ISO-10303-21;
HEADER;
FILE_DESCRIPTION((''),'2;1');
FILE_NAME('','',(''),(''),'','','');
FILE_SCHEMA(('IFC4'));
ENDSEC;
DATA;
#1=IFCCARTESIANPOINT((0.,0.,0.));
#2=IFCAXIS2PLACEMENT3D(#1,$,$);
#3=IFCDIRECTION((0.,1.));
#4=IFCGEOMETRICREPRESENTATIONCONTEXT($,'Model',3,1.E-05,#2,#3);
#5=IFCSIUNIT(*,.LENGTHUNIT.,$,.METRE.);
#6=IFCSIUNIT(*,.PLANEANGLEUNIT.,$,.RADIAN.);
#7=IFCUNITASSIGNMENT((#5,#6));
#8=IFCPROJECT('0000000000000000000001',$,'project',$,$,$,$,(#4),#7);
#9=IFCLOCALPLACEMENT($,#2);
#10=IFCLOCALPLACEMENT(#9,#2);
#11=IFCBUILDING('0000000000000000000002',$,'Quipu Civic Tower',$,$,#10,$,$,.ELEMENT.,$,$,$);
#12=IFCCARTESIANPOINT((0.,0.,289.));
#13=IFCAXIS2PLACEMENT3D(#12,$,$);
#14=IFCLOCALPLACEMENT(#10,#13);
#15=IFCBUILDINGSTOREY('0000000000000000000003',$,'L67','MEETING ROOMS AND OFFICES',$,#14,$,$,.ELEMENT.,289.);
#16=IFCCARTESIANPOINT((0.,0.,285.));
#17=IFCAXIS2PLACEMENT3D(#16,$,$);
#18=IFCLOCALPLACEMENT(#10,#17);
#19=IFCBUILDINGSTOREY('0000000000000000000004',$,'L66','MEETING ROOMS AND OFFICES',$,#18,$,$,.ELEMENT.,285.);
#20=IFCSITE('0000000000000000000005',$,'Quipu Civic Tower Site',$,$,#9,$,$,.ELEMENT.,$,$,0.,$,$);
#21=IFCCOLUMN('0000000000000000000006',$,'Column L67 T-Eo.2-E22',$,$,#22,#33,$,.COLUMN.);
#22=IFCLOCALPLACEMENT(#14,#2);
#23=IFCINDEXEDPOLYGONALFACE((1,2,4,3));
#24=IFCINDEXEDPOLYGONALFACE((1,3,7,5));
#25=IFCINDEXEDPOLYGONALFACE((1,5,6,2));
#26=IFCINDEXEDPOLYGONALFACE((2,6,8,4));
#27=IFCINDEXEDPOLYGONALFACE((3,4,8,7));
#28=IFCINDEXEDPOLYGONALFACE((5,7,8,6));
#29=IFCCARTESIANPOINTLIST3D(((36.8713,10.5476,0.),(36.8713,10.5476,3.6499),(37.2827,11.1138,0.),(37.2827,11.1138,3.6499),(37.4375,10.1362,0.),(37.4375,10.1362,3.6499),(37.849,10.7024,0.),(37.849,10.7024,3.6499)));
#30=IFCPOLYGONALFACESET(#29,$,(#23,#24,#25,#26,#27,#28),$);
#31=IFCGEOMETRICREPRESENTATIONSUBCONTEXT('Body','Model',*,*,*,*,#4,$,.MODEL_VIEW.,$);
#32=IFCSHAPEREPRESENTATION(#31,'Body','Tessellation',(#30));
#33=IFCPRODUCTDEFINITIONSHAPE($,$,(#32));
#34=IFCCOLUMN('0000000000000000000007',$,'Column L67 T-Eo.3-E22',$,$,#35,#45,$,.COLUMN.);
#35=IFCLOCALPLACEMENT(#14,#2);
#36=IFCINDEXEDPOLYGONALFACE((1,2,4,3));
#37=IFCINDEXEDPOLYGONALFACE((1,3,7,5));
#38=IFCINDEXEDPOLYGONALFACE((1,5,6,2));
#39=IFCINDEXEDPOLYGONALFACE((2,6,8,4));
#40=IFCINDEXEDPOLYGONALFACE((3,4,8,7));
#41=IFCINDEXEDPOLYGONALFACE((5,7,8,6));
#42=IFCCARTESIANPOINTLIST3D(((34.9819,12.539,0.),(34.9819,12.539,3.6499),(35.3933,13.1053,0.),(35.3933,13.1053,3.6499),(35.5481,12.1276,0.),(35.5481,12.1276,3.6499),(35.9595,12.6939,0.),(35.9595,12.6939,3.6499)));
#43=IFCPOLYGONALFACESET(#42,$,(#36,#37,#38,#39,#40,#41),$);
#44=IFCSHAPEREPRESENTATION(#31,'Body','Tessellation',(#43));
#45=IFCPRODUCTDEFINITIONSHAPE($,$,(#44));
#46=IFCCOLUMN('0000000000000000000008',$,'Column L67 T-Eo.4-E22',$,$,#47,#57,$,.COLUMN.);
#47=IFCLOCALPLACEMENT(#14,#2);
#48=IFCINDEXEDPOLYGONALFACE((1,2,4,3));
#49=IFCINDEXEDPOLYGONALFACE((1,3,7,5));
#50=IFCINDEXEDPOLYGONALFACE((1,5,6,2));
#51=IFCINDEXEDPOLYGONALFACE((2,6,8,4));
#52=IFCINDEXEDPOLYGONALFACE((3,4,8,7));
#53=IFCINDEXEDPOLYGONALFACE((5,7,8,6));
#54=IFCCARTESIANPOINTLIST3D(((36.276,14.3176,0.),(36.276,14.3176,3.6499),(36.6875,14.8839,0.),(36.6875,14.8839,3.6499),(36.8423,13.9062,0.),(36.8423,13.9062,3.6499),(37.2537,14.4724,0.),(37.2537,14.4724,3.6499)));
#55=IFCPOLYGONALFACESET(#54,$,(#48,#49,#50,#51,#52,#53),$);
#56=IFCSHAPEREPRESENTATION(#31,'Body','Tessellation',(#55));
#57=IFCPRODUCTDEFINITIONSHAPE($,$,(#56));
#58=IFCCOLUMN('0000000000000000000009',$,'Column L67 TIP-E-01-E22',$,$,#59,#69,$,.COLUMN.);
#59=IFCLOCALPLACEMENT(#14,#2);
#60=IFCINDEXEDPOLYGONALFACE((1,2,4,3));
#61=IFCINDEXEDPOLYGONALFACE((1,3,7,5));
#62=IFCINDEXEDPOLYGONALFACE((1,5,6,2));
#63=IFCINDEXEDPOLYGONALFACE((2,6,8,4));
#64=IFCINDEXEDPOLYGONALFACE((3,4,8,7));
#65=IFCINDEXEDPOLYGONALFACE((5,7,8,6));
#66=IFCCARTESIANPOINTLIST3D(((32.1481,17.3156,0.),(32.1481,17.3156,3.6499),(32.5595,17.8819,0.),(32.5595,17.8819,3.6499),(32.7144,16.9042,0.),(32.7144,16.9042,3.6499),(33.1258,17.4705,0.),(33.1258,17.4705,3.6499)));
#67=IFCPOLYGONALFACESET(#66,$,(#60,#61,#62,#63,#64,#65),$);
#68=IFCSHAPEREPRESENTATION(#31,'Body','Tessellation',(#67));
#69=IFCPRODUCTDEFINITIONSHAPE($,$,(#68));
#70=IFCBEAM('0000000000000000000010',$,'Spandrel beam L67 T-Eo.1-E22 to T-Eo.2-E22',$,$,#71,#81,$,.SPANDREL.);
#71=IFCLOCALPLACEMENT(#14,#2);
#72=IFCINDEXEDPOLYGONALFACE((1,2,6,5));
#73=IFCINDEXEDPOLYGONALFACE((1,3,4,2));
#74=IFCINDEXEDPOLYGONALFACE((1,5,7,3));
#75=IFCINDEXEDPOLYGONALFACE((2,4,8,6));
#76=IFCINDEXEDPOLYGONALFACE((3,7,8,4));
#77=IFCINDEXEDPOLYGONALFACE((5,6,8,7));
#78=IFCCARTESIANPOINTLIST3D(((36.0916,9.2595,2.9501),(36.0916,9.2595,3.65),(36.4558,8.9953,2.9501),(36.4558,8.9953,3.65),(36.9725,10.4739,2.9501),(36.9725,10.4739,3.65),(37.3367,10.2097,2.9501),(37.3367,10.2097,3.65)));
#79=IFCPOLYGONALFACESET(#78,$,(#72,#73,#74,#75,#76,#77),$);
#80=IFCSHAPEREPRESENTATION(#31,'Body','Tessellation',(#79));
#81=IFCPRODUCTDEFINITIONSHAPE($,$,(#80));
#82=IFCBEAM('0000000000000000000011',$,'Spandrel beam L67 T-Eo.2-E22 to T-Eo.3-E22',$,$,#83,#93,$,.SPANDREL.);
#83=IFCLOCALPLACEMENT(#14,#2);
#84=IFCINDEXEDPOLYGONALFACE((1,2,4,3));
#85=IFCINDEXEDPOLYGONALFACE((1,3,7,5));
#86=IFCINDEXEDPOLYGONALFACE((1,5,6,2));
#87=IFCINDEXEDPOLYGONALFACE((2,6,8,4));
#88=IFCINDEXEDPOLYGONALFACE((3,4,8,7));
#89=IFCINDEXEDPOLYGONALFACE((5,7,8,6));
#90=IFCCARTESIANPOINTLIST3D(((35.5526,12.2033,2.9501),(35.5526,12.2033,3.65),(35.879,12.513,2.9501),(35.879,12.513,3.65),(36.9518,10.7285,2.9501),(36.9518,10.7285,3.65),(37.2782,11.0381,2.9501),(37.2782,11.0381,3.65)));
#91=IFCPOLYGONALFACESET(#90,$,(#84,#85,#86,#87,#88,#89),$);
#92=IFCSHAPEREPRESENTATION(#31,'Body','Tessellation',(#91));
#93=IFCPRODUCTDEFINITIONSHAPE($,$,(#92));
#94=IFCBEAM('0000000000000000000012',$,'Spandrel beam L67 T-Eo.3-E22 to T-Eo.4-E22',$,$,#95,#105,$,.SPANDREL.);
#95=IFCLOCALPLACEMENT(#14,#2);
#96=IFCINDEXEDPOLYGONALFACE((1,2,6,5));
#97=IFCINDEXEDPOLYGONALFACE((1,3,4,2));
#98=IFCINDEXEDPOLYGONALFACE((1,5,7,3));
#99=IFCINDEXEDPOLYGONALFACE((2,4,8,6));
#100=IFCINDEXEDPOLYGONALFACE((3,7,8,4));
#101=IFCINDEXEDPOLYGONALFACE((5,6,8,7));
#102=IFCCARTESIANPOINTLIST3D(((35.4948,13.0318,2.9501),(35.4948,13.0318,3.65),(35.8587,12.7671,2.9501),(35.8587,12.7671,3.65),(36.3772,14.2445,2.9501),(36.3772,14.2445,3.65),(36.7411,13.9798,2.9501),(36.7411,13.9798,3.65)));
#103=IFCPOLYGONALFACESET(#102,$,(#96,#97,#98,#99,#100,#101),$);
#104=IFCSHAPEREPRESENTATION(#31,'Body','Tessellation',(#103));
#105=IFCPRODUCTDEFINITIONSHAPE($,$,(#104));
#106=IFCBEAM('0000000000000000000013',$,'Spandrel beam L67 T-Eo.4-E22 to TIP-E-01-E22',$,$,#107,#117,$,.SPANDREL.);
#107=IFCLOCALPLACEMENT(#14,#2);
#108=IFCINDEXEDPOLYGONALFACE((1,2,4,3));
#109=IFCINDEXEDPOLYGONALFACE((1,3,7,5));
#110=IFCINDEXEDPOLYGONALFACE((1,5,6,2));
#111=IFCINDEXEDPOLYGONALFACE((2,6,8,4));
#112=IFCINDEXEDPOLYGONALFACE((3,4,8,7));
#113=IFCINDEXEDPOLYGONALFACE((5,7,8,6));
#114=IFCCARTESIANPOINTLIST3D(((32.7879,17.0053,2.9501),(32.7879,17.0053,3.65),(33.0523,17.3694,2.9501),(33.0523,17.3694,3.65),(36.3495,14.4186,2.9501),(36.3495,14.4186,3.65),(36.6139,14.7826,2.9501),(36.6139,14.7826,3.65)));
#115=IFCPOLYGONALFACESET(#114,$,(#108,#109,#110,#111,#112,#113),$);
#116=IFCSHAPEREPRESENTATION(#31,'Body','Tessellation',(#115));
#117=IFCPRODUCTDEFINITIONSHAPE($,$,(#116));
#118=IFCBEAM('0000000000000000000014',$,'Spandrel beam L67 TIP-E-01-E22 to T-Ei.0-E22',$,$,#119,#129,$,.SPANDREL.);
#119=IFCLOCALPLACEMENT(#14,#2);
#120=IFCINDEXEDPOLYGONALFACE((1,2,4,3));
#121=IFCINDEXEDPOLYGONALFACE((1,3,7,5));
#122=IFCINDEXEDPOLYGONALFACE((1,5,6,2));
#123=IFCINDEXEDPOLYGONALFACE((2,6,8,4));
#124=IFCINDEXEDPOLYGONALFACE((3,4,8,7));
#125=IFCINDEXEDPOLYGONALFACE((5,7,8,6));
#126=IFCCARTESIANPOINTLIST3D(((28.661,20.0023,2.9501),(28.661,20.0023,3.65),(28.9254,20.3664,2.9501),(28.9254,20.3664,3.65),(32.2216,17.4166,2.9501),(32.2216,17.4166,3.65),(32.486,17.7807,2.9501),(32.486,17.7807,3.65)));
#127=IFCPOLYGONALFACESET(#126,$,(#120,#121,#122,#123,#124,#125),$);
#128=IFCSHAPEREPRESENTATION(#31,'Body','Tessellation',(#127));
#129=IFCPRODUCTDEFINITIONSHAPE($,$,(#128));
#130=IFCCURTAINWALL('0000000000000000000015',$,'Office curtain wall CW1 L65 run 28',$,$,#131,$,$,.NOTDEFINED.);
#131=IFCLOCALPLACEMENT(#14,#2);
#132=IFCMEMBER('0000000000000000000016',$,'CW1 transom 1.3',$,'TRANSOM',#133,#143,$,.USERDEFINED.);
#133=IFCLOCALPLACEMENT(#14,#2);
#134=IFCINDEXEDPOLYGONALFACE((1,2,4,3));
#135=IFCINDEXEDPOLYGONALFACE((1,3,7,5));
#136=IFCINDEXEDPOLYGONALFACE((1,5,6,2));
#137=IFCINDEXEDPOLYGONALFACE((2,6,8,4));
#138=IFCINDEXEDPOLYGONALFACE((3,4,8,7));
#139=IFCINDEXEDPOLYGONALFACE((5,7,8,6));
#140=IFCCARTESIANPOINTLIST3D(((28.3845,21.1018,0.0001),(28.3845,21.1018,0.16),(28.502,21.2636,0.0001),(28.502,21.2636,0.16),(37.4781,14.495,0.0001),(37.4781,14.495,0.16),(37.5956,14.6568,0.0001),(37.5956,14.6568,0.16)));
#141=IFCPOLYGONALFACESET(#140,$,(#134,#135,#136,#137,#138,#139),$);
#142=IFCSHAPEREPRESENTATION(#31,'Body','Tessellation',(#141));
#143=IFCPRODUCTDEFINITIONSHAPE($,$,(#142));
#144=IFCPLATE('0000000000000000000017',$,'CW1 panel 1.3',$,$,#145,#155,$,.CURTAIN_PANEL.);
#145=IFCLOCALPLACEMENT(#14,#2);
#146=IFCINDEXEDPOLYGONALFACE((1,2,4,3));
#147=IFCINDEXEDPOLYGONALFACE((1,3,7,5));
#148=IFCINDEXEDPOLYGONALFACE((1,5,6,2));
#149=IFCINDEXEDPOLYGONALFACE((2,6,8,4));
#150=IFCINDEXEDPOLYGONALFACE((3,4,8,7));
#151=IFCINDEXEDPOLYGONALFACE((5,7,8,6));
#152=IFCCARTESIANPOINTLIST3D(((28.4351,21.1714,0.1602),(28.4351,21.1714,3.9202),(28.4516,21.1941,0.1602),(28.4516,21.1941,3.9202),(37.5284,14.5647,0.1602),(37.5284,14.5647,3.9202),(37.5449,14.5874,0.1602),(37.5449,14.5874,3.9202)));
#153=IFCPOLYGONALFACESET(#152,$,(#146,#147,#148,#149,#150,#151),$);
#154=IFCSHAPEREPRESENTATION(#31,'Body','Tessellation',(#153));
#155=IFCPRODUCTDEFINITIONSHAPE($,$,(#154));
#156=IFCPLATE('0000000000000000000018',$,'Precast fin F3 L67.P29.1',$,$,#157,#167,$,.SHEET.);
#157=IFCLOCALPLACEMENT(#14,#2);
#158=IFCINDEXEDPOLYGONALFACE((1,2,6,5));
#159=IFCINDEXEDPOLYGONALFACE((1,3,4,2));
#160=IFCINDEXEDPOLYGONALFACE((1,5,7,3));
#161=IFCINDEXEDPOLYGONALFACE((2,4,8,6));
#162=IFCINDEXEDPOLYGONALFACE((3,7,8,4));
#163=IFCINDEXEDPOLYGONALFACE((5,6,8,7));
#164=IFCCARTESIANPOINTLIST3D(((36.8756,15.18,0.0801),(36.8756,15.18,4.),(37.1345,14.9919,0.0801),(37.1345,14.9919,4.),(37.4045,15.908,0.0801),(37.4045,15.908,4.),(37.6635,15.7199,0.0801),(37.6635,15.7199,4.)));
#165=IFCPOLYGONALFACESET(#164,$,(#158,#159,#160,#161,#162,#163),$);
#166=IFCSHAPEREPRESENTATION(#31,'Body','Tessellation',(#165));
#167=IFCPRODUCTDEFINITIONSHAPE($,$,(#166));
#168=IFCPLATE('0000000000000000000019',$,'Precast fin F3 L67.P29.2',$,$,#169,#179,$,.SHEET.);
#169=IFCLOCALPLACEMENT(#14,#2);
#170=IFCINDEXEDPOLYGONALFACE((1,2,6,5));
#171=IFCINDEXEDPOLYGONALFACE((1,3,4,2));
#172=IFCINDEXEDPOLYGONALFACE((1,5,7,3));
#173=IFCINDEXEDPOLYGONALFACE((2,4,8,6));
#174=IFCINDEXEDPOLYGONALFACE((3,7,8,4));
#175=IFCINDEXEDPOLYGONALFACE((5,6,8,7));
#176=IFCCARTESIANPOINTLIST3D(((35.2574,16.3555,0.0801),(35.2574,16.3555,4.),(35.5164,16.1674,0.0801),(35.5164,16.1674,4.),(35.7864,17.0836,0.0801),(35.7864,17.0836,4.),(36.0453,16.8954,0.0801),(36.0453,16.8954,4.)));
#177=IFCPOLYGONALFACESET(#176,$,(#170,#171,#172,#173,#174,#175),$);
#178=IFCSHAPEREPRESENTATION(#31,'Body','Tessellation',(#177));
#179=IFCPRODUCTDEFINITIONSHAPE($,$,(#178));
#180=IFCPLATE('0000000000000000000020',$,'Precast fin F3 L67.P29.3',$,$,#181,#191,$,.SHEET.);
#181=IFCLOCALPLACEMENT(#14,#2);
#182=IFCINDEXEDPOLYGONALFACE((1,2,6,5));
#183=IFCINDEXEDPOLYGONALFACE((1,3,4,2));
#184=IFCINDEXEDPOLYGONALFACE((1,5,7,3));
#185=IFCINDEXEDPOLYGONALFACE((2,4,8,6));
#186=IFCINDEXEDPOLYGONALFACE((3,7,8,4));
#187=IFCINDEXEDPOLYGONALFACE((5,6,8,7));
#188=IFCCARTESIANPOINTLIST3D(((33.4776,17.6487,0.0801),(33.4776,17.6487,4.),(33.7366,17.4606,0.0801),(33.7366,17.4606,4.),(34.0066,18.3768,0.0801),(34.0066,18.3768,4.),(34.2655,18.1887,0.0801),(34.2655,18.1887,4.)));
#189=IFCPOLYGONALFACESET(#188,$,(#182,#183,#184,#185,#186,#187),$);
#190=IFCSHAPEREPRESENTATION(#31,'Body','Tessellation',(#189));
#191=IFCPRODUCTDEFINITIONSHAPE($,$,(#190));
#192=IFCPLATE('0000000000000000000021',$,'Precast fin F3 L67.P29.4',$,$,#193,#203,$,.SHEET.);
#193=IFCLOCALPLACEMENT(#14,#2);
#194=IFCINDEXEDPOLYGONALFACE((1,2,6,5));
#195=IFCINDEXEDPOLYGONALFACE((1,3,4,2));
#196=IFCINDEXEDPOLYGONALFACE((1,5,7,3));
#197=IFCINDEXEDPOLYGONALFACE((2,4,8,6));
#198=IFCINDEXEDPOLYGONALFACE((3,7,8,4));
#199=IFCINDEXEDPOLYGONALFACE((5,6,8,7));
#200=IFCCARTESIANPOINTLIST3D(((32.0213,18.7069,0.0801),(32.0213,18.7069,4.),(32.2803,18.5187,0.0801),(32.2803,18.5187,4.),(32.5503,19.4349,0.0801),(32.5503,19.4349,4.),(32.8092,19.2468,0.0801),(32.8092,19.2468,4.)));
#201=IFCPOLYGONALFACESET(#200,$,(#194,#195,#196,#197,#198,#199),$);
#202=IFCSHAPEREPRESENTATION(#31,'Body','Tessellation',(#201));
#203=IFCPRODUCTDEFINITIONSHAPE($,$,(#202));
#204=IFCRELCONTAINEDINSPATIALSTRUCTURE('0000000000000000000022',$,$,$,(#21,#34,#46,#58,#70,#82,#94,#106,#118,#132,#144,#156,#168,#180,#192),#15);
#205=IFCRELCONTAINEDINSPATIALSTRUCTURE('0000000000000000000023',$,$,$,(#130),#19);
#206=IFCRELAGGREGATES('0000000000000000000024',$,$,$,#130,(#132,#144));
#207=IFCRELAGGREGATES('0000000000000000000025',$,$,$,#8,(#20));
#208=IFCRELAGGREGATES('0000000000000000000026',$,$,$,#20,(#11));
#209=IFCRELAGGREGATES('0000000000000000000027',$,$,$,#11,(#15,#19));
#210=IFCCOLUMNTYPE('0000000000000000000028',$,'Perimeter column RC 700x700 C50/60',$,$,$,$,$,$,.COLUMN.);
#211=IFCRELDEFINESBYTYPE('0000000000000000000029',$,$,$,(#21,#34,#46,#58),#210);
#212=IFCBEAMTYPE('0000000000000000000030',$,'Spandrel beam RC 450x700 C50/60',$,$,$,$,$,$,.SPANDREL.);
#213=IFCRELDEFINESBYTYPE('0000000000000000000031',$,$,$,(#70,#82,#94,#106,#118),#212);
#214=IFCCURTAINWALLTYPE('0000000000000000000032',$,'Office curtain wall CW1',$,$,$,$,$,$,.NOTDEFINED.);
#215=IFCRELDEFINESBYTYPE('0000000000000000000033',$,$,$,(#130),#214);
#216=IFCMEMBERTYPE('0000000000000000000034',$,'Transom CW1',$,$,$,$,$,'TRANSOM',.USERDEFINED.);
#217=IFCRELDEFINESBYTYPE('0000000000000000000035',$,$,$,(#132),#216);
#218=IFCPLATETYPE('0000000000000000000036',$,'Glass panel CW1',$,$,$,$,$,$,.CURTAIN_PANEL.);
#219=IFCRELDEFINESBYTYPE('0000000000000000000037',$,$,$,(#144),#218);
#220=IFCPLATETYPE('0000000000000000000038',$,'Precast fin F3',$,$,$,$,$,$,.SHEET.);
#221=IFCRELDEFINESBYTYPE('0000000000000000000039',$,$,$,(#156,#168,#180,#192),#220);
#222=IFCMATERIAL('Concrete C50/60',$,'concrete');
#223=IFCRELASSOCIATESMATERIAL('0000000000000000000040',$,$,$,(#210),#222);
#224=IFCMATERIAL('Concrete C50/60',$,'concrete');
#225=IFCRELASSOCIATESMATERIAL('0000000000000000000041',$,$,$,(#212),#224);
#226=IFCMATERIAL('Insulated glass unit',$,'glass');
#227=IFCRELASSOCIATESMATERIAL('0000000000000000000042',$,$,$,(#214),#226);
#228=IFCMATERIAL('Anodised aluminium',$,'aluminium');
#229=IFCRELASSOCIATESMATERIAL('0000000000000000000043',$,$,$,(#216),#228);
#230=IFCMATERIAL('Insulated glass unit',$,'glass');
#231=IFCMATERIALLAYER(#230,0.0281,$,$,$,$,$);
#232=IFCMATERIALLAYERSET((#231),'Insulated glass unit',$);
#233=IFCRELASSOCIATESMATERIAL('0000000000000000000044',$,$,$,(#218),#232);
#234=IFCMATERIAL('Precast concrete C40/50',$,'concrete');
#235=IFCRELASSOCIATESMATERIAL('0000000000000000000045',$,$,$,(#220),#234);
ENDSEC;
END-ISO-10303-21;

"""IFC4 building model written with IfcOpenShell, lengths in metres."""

from ifc_helpers import new_model, si_unit, direction, frame, origin, origin_2d, place, context, subcontext, project, spatial, rectangle, extrude, material, layer, layer_set, material_profile, profile_set, type_object, element, aggregate, save


model = new_model("IFC4")

# Units and contexts
model_context = context("Model", 3, precision=1e-05, world=origin(), true_north=direction((0.0, 1.0)))
body_context = subcontext(model_context, "Body", "Model", "MODEL_VIEW")
ifc_project = project(units=[si_unit("LENGTHUNIT", "METRE"), si_unit("PLANEANGLEUNIT", "RADIAN")], contexts=[model_context])

# Site, building, storey
site_placement = place(None, origin())
site = spatial("IfcSite", under=ifc_project, at=site_placement, Name="Quipu Civic Tower Site", CompositionType="ELEMENT", RefElevation=0.0)
building_placement = place(site_placement, origin())
building = spatial("IfcBuilding", under=site, at=building_placement, Name="Quipu Civic Tower", CompositionType="ELEMENT")
storey_1_placement = place(building_placement, frame((0.0, 0.0, 289.0)))
storey_1 = spatial("IfcBuildingStorey", under=building, at=storey_1_placement, Name="L67", Description="MEETING ROOMS AND OFFICES", CompositionType="ELEMENT", Elevation=289.0)

# Columns
ifc_material_1 = material(Name="Concrete C50/60", Category="concrete")
ifc_material_profile_1 = material_profile(ifc_material_1, rectangle(XDim=0.7, YDim=0.7, at=origin_2d()), Name="RC700x700")
ifc_profile_set_1 = profile_set([ifc_material_profile_1], Name="Concrete C50/60")
column_type = type_object("IfcColumnType", Name="Perimeter column RC 700x700 C50/60", PredefinedType="COLUMN", material=ifc_profile_set_1)
for number, where, z_axis, x_axis, name in (
    (1, (37.3601, 10.625, 0.0), (0.0, 0.0, 1.0), (0.587785, 0.809017, 0.0), "Column L67 T-Eo.2-E22"),
    (2, (35.4707, 12.6165, 0.0), (0.0, 0.0, 1.0), (-0.809017, 0.587785, 0.0), "Column L67 T-Eo.3-E22"),
    (3, (36.7649, 14.395, 0.0), (0.0, 0.0, 1.0), (-0.809017, 0.587785, 0.0), "Column L67 T-Eo.4-E22"),
    (4, (32.637, 17.3931, 0.0), (0.0, 0.0, 1.0), (-0.809017, 0.587785, 0.0), "Column L67 TIP-E-01-E22"),
):
    element("IfcColumn", number, at=place(storey_1_placement, frame(where, z_axis=z_axis, x_axis=x_axis)), inside=storey_1, type_object=column_type, Name=name, PredefinedType="COLUMN", context=body_context, shape_type="SweptSolid", body=[
        extrude(rectangle(XDim=0.7, YDim=0.7, at=origin_2d()), origin(), (0.0, 0.0, 1.0), 3.6499),
    ])

# Beams
ifc_material_2 = material(Name="Concrete C50/60", Category="concrete")
ifc_material_profile_2 = material_profile(ifc_material_2, rectangle(XDim=0.45, YDim=0.7, at=origin_2d()), Name="RC450x700")
ifc_profile_set_2 = profile_set([ifc_material_profile_2], Name="Concrete C50/60")
beam_type = type_object("IfcBeamType", Name="Spandrel beam RC 450x700 C50/60", PredefinedType="SPANDREL", material=ifc_profile_set_2)
beam_1_placement = place(storey_1_placement, frame((36.2737, 9.1274, 3.3), z_axis=(0.587165, 0.809467, 0.0), x_axis=(-0.809467, 0.587165, 0.0)))
element("IfcBeam", 5, at=beam_1_placement, inside=storey_1, type_object=beam_type, Name="Spandrel beam L67 T-Eo.1-E22 to T-Eo.2-E22", PredefinedType="SPANDREL", context=body_context, shape_type="SweptSolid", body=[
    extrude(rectangle(XDim=0.45, YDim=0.7, at=origin_2d()), origin(), (0.0, 0.0, 1.0), 1.5002),
])
beam_2_placement = place(storey_1_placement, frame((37.115, 10.8833, 3.3), z_axis=(-0.688247, 0.725476, 0.0), x_axis=(-0.725476, -0.688247, 0.0)))
element("IfcBeam", 6, at=beam_2_placement, inside=storey_1, type_object=beam_type, Name="Spandrel beam L67 T-Eo.2-E22 to T-Eo.3-E22", PredefinedType="SPANDREL", context=body_context, shape_type="SweptSolid", body=[
    extrude(rectangle(XDim=0.45, YDim=0.7, at=origin_2d()), origin(), (0.0, 0.0, 1.0), 2.033),
])
beam_3_placement = place(storey_1_placement, frame((35.6768, 12.8994, 3.3), z_axis=(0.588346, 0.808609, 0.0), x_axis=(-0.808609, 0.588346, 0.0)))
element("IfcBeam", 7, at=beam_3_placement, inside=storey_1, type_object=beam_type, Name="Spandrel beam L67 T-Eo.3-E22 to T-Eo.4-E22", PredefinedType="SPANDREL", context=body_context, shape_type="SweptSolid", body=[
    extrude(rectangle(XDim=0.45, YDim=0.7, at=origin_2d()), origin(), (0.0, 0.0, 1.0), 1.4998),
])
beam_4_placement = place(storey_1_placement, frame((36.4817, 14.6006, 3.3), z_axis=(-0.809117, 0.587647, 0.0), x_axis=(-0.587647, -0.809117, 0.0)))
element("IfcBeam", 8, at=beam_4_placement, inside=storey_1, type_object=beam_type, Name="Spandrel beam L67 T-Eo.4-E22 to TIP-E-01-E22", PredefinedType="SPANDREL", context=body_context, shape_type="SweptSolid", body=[
    extrude(rectangle(XDim=0.45, YDim=0.7, at=origin_2d()), origin(), (0.0, 0.0, 1.0), 4.4019),
])
beam_5_placement = place(storey_1_placement, frame((32.3538, 17.5986, 3.3), z_axis=(-0.809146, 0.587607, 0.0), x_axis=(-0.587607, -0.809146, 0.0)))
element("IfcBeam", 9, at=beam_5_placement, inside=storey_1, type_object=beam_type, Name="Spandrel beam L67 TIP-E-01-E22 to T-Ei.0-E22", PredefinedType="SPANDREL", context=body_context, shape_type="SweptSolid", body=[
    extrude(rectangle(XDim=0.45, YDim=0.7, at=origin_2d()), origin(), (0.0, 0.0, 1.0), 4.4004),
])

# Shared definitions
storey_2_placement = place(building_placement, frame((0.0, 0.0, 285.0)))
storey_2 = spatial("IfcBuildingStorey", under=building, at=storey_2_placement, Name="L66", Description="MEETING ROOMS AND OFFICES", CompositionType="ELEMENT", Elevation=285.0)

# Curtain wall, member, plate
ifc_material_3 = material(Name="Insulated glass unit", Category="glass")
curtain_wall_type = type_object("IfcCurtainWallType", Name="Office curtain wall CW1", PredefinedType="NOTDEFINED", material=ifc_material_3)
curtain_wall_placement = place(storey_2_placement, origin())
curtain_wall = element("IfcCurtainWall", 10, at=curtain_wall_placement, inside=storey_2, type_object=curtain_wall_type, Name="Office curtain wall CW1 L65 run 28", PredefinedType="NOTDEFINED")
ifc_material_4 = material(Name="Anodised aluminium", Category="aluminium")
ifc_material_profile_3 = material_profile(ifc_material_4, rectangle(XDim=0.2, YDim=0.1599, at=origin_2d()), Name="RECT 200x160")
ifc_profile_set_3 = profile_set([ifc_material_profile_3], Name="Anodised aluminium")
member_type = type_object("IfcMemberType", Name="Transom CW1", ElementType="TRANSOM", PredefinedType="USERDEFINED", material=ifc_profile_set_3)
member_placement = place(storey_1_placement, frame((37.5369, 14.5759, 0.0801), z_axis=(-0.809022, 0.587778, 0.0), x_axis=(-0.587778, -0.809022, 0.0)))
member = element("IfcMember", 11, at=member_placement, inside=storey_1, type_object=member_type, Name="CW1 transom 1.3", ObjectType="TRANSOM", PredefinedType="USERDEFINED", context=body_context, shape_type="SweptSolid", body=[
    extrude(rectangle(XDim=0.2, YDim=0.1599, at=origin_2d()), origin(), (0.0, 0.0, 1.0), 11.2402),
])
ifc_material_5 = material(Name="Insulated glass unit", Category="glass")
ifc_layer_1 = layer(ifc_material_5, 0.0281)
ifc_layer_set_1 = layer_set([ifc_layer_1], Name="Insulated glass unit")
plate_type_1 = type_object("IfcPlateType", Name="Glass panel CW1", PredefinedType="CURTAIN_PANEL", material=ifc_layer_set_1)
plate_placement = place(storey_1_placement, frame((32.99, 17.8794, 0.1602), z_axis=(0.0, 0.0, 1.0), x_axis=(-0.809015, 0.587788, 0.0)))
plate = element("IfcPlate", 12, at=plate_placement, inside=storey_1, type_object=plate_type_1, Name="CW1 panel 1.3", PredefinedType="CURTAIN_PANEL", context=body_context, shape_type="SweptSolid", body=[
    extrude(rectangle(XDim=11.24, YDim=0.0281, at=origin_2d()), origin(), (0.0, 0.0, 1.0), 3.76),
])
aggregate(curtain_wall, [member, plate])

# Plates
ifc_material_6 = material(Name="Precast concrete C40/50", Category="concrete")
plate_type_2 = type_object("IfcPlateType", Name="Precast fin F3", PredefinedType="SHEET", material=ifc_material_6)
for number, where, z_axis, x_axis, name in (
    (13, (37.2695, 15.45, 0.0801), (0.0, 0.0, 1.0), (-0.809017, 0.587785, 0.0), "Precast fin F3 L67.P29.1"),
    (14, (35.6514, 16.6255, 0.0801), (0.0, 0.0, 1.0), (-0.809017, 0.587785, 0.0), "Precast fin F3 L67.P29.2"),
    (15, (33.8716, 17.9187, 0.0801), (0.0, 0.0, 1.0), (-0.809017, 0.587785, 0.0), "Precast fin F3 L67.P29.3"),
    (16, (32.4153, 18.9768, 0.0801), (0.0, 0.0, 1.0), (-0.809017, 0.587785, 0.0), "Precast fin F3 L67.P29.4"),
):
    element("IfcPlate", number, at=place(storey_1_placement, frame(where, z_axis=z_axis, x_axis=x_axis)), inside=storey_1, type_object=plate_type_2, Name=name, PredefinedType="SHEET", context=body_context, shape_type="SweptSolid", body=[
        extrude(rectangle(XDim=0.3201, YDim=0.8999, at=origin_2d()), origin(), (0.0, 0.0, 1.0), 3.9199),
    ])

save(model, "model.ifc")
